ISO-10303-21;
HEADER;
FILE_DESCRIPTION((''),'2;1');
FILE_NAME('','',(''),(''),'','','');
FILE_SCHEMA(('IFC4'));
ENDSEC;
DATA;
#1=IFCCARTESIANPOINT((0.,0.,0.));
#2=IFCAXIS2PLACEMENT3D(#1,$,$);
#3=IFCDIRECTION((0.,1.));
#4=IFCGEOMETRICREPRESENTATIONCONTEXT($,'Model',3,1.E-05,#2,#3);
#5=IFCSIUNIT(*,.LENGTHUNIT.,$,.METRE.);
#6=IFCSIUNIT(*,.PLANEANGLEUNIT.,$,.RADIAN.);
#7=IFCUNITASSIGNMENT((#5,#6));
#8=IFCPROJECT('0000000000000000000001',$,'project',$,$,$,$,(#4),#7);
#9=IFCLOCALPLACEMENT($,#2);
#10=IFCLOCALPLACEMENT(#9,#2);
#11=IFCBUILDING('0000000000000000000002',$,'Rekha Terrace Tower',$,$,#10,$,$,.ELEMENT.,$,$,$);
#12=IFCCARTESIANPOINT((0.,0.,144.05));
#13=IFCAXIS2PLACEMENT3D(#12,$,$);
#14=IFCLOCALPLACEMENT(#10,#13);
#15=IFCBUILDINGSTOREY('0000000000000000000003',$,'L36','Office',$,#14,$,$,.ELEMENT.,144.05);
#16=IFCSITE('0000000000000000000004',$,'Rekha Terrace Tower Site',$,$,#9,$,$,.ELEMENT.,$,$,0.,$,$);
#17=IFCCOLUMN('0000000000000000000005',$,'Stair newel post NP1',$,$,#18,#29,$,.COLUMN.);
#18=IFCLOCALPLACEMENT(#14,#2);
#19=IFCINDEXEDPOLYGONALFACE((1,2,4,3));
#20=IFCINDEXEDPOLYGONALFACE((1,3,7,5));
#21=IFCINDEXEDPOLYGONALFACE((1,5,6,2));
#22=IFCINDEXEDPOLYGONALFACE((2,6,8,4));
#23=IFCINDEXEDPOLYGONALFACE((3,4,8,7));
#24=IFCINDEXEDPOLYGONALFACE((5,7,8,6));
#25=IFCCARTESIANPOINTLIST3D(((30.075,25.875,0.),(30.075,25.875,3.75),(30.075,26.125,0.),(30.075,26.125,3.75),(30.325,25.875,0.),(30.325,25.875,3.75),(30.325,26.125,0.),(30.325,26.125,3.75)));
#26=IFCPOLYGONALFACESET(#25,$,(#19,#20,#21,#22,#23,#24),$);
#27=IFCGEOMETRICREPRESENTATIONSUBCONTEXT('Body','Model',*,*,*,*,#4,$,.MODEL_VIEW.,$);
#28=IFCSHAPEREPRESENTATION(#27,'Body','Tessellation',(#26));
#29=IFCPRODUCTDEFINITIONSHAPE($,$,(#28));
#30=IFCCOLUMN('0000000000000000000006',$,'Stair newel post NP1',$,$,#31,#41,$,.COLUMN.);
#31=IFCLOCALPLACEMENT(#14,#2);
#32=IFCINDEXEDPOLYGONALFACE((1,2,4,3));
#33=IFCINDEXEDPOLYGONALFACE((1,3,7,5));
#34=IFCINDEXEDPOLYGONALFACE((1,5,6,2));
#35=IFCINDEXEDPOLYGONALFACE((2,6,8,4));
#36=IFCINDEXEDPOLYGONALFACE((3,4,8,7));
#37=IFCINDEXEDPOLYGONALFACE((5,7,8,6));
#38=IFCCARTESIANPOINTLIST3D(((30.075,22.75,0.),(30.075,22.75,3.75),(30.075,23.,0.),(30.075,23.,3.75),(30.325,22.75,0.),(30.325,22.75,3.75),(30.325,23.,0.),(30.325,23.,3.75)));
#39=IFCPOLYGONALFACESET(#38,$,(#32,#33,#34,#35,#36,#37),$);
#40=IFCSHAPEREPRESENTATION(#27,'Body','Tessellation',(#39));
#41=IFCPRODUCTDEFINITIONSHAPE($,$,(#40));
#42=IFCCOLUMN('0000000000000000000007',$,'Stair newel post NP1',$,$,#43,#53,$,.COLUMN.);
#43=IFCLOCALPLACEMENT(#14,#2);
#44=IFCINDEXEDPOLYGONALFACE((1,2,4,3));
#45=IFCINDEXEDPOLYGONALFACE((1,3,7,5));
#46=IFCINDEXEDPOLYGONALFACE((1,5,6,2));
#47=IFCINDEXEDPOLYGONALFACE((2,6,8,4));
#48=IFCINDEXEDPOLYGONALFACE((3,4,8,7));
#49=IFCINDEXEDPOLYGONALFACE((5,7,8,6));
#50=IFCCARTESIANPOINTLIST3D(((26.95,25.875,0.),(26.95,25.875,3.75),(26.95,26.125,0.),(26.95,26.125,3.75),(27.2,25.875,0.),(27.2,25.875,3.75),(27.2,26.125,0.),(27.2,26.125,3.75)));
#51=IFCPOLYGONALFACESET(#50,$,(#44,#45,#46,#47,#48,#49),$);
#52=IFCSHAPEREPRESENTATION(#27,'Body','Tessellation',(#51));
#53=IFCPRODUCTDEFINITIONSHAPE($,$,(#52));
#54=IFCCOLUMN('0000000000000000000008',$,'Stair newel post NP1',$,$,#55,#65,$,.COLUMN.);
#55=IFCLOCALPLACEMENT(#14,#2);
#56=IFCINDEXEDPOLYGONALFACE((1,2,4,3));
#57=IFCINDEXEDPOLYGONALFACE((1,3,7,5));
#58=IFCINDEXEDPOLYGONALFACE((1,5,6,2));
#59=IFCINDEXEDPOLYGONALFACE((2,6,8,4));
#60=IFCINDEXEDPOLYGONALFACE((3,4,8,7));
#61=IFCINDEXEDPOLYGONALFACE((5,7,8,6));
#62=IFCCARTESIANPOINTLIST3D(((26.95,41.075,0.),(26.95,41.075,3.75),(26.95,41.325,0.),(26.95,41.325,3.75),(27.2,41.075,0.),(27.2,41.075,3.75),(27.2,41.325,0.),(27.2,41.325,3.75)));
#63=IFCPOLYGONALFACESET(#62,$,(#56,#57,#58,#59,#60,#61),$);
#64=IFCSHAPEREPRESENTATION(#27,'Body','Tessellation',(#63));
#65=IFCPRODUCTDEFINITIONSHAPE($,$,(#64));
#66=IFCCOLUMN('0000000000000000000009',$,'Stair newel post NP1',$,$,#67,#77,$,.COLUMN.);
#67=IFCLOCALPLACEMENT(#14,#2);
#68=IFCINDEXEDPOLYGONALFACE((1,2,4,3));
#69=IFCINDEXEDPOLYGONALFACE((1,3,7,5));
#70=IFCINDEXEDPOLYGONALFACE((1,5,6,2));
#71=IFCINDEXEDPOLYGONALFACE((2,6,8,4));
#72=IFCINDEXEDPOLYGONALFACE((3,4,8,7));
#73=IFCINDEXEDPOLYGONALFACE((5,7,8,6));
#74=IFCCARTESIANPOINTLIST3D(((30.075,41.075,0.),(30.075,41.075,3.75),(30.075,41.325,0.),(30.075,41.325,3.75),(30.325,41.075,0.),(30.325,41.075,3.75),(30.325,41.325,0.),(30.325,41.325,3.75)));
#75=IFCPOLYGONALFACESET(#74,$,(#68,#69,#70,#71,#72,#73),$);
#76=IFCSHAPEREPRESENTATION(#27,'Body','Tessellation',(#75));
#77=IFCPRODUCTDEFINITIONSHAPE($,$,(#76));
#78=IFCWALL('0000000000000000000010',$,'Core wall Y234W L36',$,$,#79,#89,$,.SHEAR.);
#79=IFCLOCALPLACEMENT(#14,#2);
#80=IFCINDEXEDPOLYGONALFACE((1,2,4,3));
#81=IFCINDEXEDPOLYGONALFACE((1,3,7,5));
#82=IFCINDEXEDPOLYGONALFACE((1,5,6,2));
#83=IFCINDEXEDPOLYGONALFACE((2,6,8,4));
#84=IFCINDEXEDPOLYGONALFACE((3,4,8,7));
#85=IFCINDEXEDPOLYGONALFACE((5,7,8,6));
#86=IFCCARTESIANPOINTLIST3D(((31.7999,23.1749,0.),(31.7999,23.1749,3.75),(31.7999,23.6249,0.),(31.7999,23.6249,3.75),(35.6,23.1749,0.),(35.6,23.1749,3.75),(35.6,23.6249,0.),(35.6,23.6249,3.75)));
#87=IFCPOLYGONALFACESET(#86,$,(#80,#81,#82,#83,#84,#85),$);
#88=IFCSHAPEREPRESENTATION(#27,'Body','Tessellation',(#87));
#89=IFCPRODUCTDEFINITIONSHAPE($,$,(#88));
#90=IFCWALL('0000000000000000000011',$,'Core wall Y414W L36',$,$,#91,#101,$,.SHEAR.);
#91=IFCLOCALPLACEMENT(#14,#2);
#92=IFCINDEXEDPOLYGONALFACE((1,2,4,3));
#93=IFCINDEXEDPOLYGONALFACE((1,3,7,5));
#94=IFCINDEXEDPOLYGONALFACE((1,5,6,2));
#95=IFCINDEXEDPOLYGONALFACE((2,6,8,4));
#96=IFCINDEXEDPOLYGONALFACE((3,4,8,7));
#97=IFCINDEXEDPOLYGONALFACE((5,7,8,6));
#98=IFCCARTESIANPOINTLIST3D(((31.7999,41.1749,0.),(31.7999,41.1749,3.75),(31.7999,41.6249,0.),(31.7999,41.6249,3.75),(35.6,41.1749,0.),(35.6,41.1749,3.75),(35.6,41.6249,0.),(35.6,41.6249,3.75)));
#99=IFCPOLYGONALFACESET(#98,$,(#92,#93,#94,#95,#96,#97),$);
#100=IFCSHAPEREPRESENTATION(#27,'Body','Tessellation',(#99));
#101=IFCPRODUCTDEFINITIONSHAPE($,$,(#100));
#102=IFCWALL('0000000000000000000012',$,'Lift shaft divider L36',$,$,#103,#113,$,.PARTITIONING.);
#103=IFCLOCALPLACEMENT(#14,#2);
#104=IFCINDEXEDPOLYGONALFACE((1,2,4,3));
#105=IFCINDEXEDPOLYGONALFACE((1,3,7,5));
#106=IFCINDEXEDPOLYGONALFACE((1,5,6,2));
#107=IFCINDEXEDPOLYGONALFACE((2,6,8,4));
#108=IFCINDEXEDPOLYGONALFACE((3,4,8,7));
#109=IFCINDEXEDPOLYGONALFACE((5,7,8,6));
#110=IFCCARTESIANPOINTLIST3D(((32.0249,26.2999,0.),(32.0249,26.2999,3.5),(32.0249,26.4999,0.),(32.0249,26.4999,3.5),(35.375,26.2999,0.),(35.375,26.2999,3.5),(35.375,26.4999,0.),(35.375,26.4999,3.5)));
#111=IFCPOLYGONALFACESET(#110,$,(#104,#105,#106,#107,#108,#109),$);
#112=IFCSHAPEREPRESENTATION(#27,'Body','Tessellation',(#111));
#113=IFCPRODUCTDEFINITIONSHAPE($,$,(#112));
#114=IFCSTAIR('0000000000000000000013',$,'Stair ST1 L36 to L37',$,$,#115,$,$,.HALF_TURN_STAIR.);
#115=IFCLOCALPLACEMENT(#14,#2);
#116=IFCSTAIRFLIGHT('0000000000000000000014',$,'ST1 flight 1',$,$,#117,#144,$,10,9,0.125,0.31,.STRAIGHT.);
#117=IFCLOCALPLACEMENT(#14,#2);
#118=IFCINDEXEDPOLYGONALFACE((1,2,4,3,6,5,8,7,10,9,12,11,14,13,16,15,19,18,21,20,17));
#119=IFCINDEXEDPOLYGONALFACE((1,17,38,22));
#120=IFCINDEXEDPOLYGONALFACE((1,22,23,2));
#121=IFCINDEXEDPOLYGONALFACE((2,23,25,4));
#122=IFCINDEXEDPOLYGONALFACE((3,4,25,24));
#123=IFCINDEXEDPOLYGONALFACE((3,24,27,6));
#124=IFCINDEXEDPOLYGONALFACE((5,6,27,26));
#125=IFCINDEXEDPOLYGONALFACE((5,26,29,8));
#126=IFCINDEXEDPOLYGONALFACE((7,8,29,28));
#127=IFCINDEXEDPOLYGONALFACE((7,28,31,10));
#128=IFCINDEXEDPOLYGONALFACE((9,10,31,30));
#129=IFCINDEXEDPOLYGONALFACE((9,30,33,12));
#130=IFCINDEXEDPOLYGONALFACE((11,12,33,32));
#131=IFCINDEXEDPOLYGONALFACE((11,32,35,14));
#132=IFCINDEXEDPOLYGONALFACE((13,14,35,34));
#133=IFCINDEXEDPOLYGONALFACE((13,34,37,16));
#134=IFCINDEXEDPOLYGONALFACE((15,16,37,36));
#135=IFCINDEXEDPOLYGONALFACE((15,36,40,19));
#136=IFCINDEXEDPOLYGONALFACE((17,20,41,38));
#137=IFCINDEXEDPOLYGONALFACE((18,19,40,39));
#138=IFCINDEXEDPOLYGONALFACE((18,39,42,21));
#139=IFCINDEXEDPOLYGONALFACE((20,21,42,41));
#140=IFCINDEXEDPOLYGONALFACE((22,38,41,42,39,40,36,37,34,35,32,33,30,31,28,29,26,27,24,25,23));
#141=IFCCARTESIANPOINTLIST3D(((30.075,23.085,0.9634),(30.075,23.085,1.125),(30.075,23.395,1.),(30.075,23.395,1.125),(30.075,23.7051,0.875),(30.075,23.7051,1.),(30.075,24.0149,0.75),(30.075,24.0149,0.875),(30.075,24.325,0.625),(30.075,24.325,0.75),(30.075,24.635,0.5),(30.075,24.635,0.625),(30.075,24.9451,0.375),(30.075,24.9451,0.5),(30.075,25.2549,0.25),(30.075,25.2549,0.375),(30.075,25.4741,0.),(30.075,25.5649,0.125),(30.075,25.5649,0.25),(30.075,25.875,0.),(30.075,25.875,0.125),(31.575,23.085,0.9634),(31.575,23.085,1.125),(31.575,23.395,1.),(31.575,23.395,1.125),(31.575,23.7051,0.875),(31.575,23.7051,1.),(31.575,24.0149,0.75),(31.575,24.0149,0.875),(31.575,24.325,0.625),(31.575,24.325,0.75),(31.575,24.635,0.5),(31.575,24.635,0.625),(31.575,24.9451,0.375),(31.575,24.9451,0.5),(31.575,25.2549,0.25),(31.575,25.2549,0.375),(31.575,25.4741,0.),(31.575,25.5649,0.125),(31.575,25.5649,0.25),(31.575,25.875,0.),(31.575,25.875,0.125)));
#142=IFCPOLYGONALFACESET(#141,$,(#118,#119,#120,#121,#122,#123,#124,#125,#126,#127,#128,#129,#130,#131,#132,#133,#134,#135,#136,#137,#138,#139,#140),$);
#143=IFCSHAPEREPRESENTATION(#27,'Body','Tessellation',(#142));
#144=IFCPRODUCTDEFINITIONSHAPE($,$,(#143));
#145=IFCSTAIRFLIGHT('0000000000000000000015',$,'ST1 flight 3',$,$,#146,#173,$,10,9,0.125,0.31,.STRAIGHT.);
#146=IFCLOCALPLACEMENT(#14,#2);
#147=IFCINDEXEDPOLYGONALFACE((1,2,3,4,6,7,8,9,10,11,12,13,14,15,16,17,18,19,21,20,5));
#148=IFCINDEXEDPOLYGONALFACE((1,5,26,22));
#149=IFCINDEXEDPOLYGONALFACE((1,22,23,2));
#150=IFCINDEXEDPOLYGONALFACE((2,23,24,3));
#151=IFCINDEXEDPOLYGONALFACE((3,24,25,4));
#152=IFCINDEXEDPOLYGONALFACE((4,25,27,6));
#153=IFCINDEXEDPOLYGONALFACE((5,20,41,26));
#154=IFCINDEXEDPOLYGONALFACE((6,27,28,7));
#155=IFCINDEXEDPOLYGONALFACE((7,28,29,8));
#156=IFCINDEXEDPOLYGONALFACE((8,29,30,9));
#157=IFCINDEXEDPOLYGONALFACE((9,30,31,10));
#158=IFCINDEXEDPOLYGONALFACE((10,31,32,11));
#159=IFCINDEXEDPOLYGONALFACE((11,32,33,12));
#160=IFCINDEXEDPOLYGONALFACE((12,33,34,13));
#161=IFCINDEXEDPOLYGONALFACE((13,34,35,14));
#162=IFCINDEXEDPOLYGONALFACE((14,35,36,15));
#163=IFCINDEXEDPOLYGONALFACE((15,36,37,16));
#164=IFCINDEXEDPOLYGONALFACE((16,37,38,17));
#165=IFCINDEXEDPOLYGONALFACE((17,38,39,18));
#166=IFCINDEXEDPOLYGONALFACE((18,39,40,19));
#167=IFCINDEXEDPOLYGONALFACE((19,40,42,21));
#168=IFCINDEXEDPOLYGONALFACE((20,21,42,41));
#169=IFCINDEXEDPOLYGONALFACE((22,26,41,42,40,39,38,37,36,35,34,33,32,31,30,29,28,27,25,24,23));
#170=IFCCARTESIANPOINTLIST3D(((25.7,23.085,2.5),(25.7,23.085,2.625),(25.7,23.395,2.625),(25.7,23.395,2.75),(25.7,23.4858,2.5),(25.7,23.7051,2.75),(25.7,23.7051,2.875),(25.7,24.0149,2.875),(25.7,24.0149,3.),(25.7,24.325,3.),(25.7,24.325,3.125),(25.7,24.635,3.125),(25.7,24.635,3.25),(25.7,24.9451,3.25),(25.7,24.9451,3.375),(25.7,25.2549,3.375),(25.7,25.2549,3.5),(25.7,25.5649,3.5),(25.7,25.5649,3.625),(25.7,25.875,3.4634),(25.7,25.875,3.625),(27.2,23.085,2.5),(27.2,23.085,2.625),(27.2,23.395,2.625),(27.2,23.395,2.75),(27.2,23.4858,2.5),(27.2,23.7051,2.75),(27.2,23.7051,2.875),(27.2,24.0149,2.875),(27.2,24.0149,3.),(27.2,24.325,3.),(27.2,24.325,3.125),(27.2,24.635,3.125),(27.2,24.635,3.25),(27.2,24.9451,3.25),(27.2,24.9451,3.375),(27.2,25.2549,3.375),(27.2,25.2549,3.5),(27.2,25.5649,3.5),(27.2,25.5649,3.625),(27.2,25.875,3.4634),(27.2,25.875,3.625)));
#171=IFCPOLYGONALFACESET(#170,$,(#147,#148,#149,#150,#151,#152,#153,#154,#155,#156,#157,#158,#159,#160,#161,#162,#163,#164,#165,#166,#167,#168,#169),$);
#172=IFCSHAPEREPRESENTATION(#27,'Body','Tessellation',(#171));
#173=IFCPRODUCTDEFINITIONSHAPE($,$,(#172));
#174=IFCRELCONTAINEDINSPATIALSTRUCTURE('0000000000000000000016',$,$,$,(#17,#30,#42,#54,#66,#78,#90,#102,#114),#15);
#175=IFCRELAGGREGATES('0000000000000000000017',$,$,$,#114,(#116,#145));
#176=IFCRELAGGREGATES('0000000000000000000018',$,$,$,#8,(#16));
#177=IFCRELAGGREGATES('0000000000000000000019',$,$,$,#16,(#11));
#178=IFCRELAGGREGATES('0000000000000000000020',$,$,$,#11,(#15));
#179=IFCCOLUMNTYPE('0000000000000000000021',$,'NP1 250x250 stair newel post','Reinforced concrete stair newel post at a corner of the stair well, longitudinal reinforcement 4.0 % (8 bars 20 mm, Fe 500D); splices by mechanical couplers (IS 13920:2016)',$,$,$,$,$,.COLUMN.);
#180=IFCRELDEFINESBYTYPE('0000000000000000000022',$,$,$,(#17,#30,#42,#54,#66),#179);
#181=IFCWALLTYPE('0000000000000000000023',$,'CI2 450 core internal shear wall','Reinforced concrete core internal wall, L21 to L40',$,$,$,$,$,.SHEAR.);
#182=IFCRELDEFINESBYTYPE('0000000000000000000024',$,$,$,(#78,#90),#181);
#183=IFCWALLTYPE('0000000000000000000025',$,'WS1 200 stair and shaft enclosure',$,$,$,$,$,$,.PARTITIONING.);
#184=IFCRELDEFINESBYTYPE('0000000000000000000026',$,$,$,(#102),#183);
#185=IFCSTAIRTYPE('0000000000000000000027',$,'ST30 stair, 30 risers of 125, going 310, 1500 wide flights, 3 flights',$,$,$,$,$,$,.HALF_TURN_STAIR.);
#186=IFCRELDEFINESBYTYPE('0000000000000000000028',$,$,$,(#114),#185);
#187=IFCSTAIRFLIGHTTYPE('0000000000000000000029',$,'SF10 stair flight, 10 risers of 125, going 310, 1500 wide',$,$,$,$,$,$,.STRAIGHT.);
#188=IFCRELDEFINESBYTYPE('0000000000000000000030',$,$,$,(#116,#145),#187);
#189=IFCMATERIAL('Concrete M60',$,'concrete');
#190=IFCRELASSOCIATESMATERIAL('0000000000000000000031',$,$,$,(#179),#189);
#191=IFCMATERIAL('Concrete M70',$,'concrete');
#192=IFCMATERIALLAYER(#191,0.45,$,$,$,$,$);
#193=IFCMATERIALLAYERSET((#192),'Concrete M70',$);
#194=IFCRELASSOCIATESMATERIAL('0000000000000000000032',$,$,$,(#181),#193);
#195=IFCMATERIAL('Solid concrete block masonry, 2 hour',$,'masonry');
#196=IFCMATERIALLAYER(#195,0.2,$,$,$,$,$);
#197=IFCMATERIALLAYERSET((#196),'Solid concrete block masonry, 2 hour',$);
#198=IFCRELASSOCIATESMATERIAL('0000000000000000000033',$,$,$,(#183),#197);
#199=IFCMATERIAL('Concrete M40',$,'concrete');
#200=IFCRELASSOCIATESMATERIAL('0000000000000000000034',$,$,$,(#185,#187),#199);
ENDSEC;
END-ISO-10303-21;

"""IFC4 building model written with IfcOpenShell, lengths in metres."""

from ifc_helpers import new_model, si_unit, direction, frame, frame_2d, origin, origin_2d, place, context, subcontext, project, spatial, polyline, rectangle, outline, extrude, material, layer, layer_set, material_profile, profile_set, type_object, element, aggregate, save


model = new_model("IFC4")

# Units and contexts
model_context = context("Model", 3, precision=1e-05, world=origin(), true_north=direction((0.0, 1.0)))
body_context = subcontext(model_context, "Body", "Model", "MODEL_VIEW")
ifc_project = project(units=[si_unit("LENGTHUNIT", "METRE"), si_unit("PLANEANGLEUNIT", "RADIAN")], contexts=[model_context])

# Site, building, storey
site_placement = place(None, origin())
site = spatial("IfcSite", under=ifc_project, at=site_placement, Name="Rekha Terrace Tower Site", CompositionType="ELEMENT", RefElevation=0.0)
building_placement = place(site_placement, origin())
building = spatial("IfcBuilding", under=site, at=building_placement, Name="Rekha Terrace Tower", CompositionType="ELEMENT")
storey_placement = place(building_placement, frame((0.0, 0.0, 144.05)))
storey = spatial("IfcBuildingStorey", under=building, at=storey_placement, Name="L36", Description="Office", CompositionType="ELEMENT", Elevation=144.05)

# Columns
ifc_material_1 = material(Name="Concrete M60", Category="concrete")
ifc_material_profile = material_profile(ifc_material_1, rectangle(XDim=0.25, YDim=0.25, at=origin_2d()), Name="RC 250x250")
ifc_profile_set = profile_set([ifc_material_profile], Name="Concrete M60")
column_type = type_object("IfcColumnType", Name="NP1 250x250 stair newel post", Description="Reinforced concrete stair newel post at a corner of the stair well, longitudinal reinforcement 4.0 % (8 bars 20 mm, Fe 500D); splices by mechanical couplers (IS 13920:2016)", PredefinedType="COLUMN", material=ifc_profile_set)
for number, where, z_axis, x_axis, name in (
    (1, (30.2, 26.0, 0.0), (0.0, 0.0, 1.0), (1.0, 0.0, 0.0), "Stair newel post NP1"),
    (2, (30.2, 22.875, 0.0), (0.0, 0.0, 1.0), (1.0, 0.0, 0.0), "Stair newel post NP1"),
    (3, (27.075, 26.0, 0.0), (0.0, 0.0, 1.0), (1.0, 0.0, 0.0), "Stair newel post NP1"),
    (4, (27.075, 41.2, 0.0), (0.0, 0.0, 1.0), (1.0, 0.0, 0.0), "Stair newel post NP1"),
    (5, (30.2, 41.2, 0.0), (0.0, 0.0, 1.0), (1.0, 0.0, 0.0), "Stair newel post NP1"),
):
    element("IfcColumn", number, at=place(storey_placement, frame(where, z_axis=z_axis, x_axis=x_axis)), inside=storey, type_object=column_type, Name=name, PredefinedType="COLUMN", context=body_context, shape_type="SweptSolid", body=[
        extrude(rectangle(XDim=0.25, YDim=0.25, at=origin_2d()), origin(), (0.0, 0.0, 1.0), 3.75),
    ])

# Walls
ifc_material_2 = material(Name="Concrete M70", Category="concrete")
ifc_layer_1 = layer(ifc_material_2, 0.45)
ifc_layer_set_1 = layer_set([ifc_layer_1], Name="Concrete M70")
wall_type_1 = type_object("IfcWallType", Name="CI2 450 core internal shear wall", Description="Reinforced concrete core internal wall, L21 to L40", PredefinedType="SHEAR", material=ifc_layer_set_1)
for number, where, z_axis, x_axis, name in (
    (6, (31.8, 23.3999, 0.0), (0.0, 0.0, 1.0), (1.0, 0.0, 0.0), "Core wall Y234W L36"),
    (7, (31.8, 41.3999, 0.0), (0.0, 0.0, 1.0), (1.0, 0.0, 0.0), "Core wall Y414W L36"),
):
    element("IfcWall", number, at=place(storey_placement, frame(where, z_axis=z_axis, x_axis=x_axis)), inside=storey, type_object=wall_type_1, Name=name, PredefinedType="SHEAR", context=body_context, shape_type="SweptSolid", body=[
        extrude(rectangle(XDim=3.8, YDim=0.45, at=frame_2d((1.8999, 0.0))), origin(), (0.0, 0.0, 1.0), 3.75),
    ])
ifc_material_3 = material(Name="Solid concrete block masonry, 2 hour", Category="masonry")
ifc_layer_2 = layer(ifc_material_3, 0.2)
ifc_layer_set_2 = layer_set([ifc_layer_2], Name="Solid concrete block masonry, 2 hour")
wall_type_2 = type_object("IfcWallType", Name="WS1 200 stair and shaft enclosure", PredefinedType="PARTITIONING", material=ifc_layer_set_2)
wall_placement = place(storey_placement, frame((32.0249, 26.3999, 0.0), z_axis=(0.0, 0.0, 1.0), x_axis=(1.0, 0.0, 0.0)))
element("IfcWall", 8, at=wall_placement, inside=storey, type_object=wall_type_2, Name="Lift shaft divider L36", PredefinedType="PARTITIONING", context=body_context, shape_type="SweptSolid", body=[
    extrude(rectangle(XDim=3.3501, YDim=0.2, at=frame_2d((1.675, 0.0))), origin(), (0.0, 0.0, 1.0), 3.5),
])

# Stair, stair flights
ifc_material_4 = material(Name="Concrete M40", Category="concrete")
stair_type = type_object("IfcStairType", Name="ST30 stair, 30 risers of 125, going 310, 1500 wide flights, 3 flights", PredefinedType="HALF_TURN_STAIR", material=ifc_material_4)
stair_1_placement = place(storey_placement, origin())
stair_1 = element("IfcStair", 9, at=stair_1_placement, inside=storey, type_object=stair_type, Name="Stair ST1 L36 to L37", PredefinedType="HALF_TURN_STAIR")
stair_flight_type = type_object("IfcStairFlightType", Name="SF10 stair flight, 10 risers of 125, going 310, 1500 wide", PredefinedType="STRAIGHT", material=ifc_material_4)
stair_flight_1_placement = place(storey_placement, frame((30.825, 25.875, 0.0), z_axis=(0.0, 0.0, 1.0), x_axis=(0.0, -1.0, 0.0)))
stair_flight_1 = element("IfcStairFlight", 10, at=stair_flight_1_placement, type_object=stair_flight_type, Name="ST1 flight 1", NumberOfRisers=10, NumberOfTreads=9, PredefinedType="STRAIGHT", RiserHeight=0.125, TreadLength=0.31, context=body_context, shape_type="SweptSolid", body=[
    extrude(outline(polyline([(0.0, 0.0), (0.0, 0.125), (0.3101, 0.125), (0.3101, 0.25), (0.6201, 0.25), (0.6201, 0.375), (0.9299, 0.375), (0.9299, 0.5), (1.24, 0.5), (1.24, 0.625), (1.55, 0.625), (1.55, 0.75), (1.8601, 0.75), (1.8601, 0.875), (2.1699, 0.875), (2.1699, 1.0), (2.48, 1.0), (2.48, 1.125), (2.79, 1.125), (2.79, 1.25), (2.79, 0.9634), (0.4009, 0.0), (0.0, 0.0)])), frame((0.0, 0.75, 0.0), z_axis=(0.0, -1.0, 0.0), x_axis=(1.0, 0.0, 0.0)), (0.0, 0.0, 1.0), 1.5),
])
stair_flight_2_placement = place(storey_placement, frame((26.45, 23.085, 2.5), z_axis=(0.0, 0.0, 1.0), x_axis=(0.0, 1.0, 0.0)))
stair_flight_2 = element("IfcStairFlight", 11, at=stair_flight_2_placement, type_object=stair_flight_type, Name="ST1 flight 3", NumberOfRisers=10, NumberOfTreads=9, PredefinedType="STRAIGHT", RiserHeight=0.125, TreadLength=0.31, context=body_context, shape_type="SweptSolid", body=[
    extrude(outline(polyline([(0.0, 0.0), (0.0, 0.125), (0.3101, 0.125), (0.3101, 0.25), (0.6201, 0.25), (0.6201, 0.375), (0.9299, 0.375), (0.9299, 0.5), (1.24, 0.5), (1.24, 0.625), (1.55, 0.625), (1.55, 0.75), (1.8601, 0.75), (1.8601, 0.875), (2.1699, 0.875), (2.1699, 1.0), (2.48, 1.0), (2.48, 1.125), (2.79, 1.125), (2.79, 1.25), (2.79, 0.9634), (0.4009, 0.0), (0.0, 0.0)])), frame((0.0, 0.75, 0.0), z_axis=(0.0, -1.0, 0.0), x_axis=(1.0, 0.0, 0.0)), (0.0, 0.0, 1.0), 1.5),
])
aggregate(stair_1, [stair_flight_1, stair_flight_2])

save(model, "model.ifc")
